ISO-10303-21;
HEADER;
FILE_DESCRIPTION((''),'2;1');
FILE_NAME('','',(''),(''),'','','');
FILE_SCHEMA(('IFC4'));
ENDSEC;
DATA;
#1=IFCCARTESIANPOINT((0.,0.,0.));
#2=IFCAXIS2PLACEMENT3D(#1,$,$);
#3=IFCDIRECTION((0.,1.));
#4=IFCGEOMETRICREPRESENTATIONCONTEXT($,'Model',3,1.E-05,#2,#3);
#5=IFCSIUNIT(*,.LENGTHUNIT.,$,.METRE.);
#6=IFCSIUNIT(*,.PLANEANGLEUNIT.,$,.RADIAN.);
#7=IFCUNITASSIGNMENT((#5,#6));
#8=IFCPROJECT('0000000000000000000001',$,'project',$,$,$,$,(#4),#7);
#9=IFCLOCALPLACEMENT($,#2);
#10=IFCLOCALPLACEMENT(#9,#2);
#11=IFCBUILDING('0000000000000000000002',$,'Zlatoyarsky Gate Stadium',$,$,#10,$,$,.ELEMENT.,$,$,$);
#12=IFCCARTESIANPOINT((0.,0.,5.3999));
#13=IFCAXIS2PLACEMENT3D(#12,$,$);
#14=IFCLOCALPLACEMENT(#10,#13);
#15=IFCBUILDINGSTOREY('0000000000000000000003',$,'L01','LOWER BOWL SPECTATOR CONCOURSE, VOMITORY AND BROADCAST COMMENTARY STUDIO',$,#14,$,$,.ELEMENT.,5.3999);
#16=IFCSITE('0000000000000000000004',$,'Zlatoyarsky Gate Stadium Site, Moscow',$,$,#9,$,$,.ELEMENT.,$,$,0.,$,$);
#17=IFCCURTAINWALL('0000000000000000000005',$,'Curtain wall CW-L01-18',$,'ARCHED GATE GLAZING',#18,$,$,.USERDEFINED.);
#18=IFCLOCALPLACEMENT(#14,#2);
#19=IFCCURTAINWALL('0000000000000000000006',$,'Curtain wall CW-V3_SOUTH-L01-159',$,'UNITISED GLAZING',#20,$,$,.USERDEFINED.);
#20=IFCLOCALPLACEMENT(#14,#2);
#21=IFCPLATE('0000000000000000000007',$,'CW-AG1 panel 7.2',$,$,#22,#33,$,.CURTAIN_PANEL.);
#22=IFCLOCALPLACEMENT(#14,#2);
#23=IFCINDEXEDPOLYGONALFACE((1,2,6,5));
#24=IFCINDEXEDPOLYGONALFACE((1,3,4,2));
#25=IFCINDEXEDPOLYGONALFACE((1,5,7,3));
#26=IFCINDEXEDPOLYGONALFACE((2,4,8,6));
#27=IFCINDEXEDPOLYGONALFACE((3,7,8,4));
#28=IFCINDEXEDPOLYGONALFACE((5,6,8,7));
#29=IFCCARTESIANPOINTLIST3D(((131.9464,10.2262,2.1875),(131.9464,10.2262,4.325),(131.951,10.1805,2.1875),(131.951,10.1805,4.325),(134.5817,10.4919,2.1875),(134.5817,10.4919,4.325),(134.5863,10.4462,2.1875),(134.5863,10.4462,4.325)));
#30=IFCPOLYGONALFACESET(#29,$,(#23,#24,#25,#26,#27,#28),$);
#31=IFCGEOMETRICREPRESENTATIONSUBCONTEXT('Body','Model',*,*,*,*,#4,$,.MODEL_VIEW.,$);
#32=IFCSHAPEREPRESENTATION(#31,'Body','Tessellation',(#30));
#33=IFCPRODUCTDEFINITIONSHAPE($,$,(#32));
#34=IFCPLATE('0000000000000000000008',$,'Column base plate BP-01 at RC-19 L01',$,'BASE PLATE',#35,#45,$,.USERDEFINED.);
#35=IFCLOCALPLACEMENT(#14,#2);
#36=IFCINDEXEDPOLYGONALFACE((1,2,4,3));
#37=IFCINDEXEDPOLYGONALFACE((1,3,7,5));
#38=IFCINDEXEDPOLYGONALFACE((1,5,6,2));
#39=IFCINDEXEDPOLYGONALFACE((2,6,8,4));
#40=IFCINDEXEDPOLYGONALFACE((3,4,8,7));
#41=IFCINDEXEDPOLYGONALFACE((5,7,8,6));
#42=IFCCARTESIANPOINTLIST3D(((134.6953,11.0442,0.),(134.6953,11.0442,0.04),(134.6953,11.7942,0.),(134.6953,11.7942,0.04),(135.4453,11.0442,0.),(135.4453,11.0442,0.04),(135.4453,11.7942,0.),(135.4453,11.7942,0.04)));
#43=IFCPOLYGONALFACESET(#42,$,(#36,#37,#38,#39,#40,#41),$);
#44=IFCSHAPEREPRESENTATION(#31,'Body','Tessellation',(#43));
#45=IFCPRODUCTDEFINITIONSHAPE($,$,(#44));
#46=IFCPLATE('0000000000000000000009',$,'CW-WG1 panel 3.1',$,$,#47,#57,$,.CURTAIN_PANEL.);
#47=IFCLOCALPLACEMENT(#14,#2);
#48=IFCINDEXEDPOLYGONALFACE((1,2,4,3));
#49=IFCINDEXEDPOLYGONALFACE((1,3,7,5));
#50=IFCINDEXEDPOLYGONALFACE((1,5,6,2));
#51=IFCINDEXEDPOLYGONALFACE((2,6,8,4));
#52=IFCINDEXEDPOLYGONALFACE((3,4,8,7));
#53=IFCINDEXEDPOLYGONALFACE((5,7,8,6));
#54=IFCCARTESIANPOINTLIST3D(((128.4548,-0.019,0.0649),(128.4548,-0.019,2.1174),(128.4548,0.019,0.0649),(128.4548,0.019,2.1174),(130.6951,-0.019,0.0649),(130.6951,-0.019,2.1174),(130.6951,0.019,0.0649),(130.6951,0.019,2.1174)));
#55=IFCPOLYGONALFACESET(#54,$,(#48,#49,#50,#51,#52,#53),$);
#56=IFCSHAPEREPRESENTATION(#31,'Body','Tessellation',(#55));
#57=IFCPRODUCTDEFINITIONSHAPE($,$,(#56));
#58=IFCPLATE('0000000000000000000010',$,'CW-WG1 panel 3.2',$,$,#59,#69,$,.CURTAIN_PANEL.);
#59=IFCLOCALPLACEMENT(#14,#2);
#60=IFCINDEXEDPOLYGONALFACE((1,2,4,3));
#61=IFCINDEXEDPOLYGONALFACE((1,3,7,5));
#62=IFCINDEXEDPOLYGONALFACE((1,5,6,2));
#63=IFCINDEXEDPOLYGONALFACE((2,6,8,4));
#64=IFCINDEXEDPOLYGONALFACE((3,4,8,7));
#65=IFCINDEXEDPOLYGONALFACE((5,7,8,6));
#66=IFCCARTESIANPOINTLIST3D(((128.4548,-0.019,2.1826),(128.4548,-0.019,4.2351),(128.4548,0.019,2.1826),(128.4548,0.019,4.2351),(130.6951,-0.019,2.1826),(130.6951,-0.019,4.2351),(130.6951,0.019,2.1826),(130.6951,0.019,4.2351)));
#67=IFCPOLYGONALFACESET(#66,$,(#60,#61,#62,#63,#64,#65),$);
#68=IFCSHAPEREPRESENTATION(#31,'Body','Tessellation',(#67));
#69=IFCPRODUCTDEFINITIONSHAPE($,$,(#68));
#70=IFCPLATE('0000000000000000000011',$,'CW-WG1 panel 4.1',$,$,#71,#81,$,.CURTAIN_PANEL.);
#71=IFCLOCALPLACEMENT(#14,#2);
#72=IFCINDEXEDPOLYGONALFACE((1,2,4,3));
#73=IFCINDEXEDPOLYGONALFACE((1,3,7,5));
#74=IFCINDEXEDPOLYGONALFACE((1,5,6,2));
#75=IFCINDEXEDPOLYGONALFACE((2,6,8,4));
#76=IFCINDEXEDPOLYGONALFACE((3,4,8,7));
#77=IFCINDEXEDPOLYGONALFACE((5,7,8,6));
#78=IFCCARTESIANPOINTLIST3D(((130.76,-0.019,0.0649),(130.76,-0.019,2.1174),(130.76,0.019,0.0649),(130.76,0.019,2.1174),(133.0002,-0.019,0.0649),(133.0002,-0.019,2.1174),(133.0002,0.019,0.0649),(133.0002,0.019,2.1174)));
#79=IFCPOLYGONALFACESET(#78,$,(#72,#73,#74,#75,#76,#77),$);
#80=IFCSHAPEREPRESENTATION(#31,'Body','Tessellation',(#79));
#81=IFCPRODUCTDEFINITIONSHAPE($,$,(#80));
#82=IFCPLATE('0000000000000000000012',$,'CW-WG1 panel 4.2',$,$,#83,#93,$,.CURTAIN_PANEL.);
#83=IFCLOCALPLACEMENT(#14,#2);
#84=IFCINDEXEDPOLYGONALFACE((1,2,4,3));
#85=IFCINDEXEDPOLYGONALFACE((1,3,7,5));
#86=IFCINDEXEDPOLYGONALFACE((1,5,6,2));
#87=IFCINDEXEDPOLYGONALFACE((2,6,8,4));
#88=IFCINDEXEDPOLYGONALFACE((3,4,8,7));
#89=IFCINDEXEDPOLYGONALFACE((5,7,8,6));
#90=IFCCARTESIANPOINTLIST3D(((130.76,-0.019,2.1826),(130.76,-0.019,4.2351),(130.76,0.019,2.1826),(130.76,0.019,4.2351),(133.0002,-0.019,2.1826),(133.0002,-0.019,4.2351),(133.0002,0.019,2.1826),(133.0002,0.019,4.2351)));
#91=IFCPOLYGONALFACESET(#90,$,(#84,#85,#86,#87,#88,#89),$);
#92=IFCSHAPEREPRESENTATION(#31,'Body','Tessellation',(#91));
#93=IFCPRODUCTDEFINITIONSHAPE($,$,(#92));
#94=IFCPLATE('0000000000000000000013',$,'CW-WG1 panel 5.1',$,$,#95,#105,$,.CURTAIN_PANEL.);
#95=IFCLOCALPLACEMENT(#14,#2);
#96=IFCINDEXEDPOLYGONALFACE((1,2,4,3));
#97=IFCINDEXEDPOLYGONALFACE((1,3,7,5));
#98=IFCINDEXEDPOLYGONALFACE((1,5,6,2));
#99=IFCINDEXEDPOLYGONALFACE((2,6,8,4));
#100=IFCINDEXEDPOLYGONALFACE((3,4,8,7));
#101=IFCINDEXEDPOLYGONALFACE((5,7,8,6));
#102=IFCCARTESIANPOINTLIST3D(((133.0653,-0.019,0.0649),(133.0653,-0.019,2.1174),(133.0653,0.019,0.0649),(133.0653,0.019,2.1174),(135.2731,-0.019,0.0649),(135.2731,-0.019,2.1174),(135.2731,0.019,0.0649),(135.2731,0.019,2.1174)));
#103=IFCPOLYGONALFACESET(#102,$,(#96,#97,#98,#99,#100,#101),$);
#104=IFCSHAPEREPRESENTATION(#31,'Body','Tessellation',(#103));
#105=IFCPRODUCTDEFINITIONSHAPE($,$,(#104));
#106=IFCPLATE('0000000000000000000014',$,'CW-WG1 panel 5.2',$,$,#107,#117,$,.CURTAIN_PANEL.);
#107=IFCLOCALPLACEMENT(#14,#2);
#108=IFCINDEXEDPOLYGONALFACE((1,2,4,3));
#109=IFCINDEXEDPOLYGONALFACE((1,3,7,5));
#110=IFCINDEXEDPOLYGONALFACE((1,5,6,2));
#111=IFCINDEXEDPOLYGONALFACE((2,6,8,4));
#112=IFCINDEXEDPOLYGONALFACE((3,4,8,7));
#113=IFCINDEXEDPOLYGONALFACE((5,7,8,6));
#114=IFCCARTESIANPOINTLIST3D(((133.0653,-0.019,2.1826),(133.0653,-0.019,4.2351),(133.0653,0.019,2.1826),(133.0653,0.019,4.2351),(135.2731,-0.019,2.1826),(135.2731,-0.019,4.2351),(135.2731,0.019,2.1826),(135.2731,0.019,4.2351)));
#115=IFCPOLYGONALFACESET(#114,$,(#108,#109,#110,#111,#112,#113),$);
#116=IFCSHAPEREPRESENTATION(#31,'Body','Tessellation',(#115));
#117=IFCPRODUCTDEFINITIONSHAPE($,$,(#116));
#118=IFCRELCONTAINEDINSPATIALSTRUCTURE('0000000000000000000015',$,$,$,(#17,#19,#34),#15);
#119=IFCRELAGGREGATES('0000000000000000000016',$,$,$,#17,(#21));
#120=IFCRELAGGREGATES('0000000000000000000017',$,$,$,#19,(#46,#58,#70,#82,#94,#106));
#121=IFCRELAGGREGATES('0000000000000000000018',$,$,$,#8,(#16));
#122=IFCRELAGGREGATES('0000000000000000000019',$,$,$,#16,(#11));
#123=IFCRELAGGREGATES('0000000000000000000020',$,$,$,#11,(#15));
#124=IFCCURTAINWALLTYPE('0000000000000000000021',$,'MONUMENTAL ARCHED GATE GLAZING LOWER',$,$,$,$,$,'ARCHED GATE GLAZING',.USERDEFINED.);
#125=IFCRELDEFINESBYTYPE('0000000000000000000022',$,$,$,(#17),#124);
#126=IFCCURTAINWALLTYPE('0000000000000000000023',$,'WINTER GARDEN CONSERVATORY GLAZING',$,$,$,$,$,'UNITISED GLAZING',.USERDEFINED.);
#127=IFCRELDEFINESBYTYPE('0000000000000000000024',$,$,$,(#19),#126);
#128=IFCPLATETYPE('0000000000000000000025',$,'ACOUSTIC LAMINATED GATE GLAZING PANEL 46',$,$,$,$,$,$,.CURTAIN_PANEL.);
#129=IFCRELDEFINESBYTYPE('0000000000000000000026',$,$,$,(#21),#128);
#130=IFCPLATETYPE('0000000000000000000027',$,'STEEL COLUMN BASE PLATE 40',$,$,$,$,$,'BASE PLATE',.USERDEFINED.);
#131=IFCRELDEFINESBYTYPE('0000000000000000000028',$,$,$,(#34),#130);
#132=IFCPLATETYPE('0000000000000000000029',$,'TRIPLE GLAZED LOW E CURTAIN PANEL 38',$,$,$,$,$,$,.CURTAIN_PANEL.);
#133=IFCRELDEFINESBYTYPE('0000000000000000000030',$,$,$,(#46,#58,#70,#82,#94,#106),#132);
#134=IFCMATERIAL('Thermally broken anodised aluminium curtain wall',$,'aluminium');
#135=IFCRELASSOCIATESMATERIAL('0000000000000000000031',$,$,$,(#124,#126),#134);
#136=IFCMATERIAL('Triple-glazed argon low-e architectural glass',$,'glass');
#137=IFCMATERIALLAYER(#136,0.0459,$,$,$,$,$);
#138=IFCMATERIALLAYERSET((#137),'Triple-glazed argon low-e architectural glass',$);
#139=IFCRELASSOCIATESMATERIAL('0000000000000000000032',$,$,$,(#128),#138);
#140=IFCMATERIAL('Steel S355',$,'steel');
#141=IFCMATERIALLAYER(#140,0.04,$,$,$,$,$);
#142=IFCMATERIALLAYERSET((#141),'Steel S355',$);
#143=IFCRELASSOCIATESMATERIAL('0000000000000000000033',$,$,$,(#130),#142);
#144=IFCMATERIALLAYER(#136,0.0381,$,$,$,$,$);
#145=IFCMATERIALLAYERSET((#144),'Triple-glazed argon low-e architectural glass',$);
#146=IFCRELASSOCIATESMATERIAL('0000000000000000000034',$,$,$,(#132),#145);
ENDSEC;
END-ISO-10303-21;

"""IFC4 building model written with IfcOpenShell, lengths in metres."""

from ifc_helpers import new_model, si_unit, direction, frame, origin, origin_2d, place, context, subcontext, project, spatial, rectangle, extrude, material, layer, layer_set, type_object, element, aggregate, save


model = new_model("IFC4")

# Units and contexts
model_context = context("Model", 3, precision=1e-05, world=origin(), true_north=direction((0.0, 1.0)))
body_context = subcontext(model_context, "Body", "Model", "MODEL_VIEW")
ifc_project = project(units=[si_unit("LENGTHUNIT", "METRE"), si_unit("PLANEANGLEUNIT", "RADIAN")], contexts=[model_context])

# Site, building, storey
site_placement = place(None, origin())
site = spatial("IfcSite", under=ifc_project, at=site_placement, Name="Zlatoyarsky Gate Stadium Site, Moscow", CompositionType="ELEMENT", RefElevation=0.0)
building_placement = place(site_placement, origin())
building = spatial("IfcBuilding", under=site, at=building_placement, Name="Zlatoyarsky Gate Stadium", CompositionType="ELEMENT")
storey_placement = place(building_placement, frame((0.0, 0.0, 5.3999)))
storey = spatial("IfcBuildingStorey", under=building, at=storey_placement, Name="L01", Description="LOWER BOWL SPECTATOR CONCOURSE, VOMITORY AND BROADCAST COMMENTARY STUDIO", CompositionType="ELEMENT", Elevation=5.3999)

# Shared definitions
ifc_material_1 = material(Name="Steel S355", Category="steel")

# Curtain walls
ifc_material_2 = material(Name="Thermally broken anodised aluminium curtain wall", Category="aluminium")
curtain_wall_type_1 = type_object("IfcCurtainWallType", Name="MONUMENTAL ARCHED GATE GLAZING LOWER", ElementType="ARCHED GATE GLAZING", PredefinedType="USERDEFINED", material=ifc_material_2)
curtain_wall_1_placement = place(storey_placement, origin())
curtain_wall_1 = element("IfcCurtainWall", 1, at=curtain_wall_1_placement, inside=storey, type_object=curtain_wall_type_1, Name="Curtain wall CW-L01-18", ObjectType="ARCHED GATE GLAZING", PredefinedType="USERDEFINED")
curtain_wall_type_2 = type_object("IfcCurtainWallType", Name="WINTER GARDEN CONSERVATORY GLAZING", ElementType="UNITISED GLAZING", PredefinedType="USERDEFINED", material=ifc_material_2)
curtain_wall_2_placement = place(storey_placement, origin())
curtain_wall_2 = element("IfcCurtainWall", 2, at=curtain_wall_2_placement, inside=storey, type_object=curtain_wall_type_2, Name="Curtain wall CW-V3_SOUTH-L01-159", ObjectType="UNITISED GLAZING", PredefinedType="USERDEFINED")

# Plates
ifc_material_3 = material(Name="Triple-glazed argon low-e architectural glass", Category="glass")
ifc_layer_1 = layer(ifc_material_3, 0.0459)
ifc_layer_set_1 = layer_set([ifc_layer_1], Name="Triple-glazed argon low-e architectural glass")
plate_type_1 = type_object("IfcPlateType", Name="ACOUSTIC LAMINATED GATE GLAZING PANEL 46", PredefinedType="CURTAIN_PANEL", material=ifc_layer_set_1)
plate_1_placement = place(storey_placement, frame((133.2664, 10.3362, 2.1875), z_axis=(0.0, 0.0, 1.0), x_axis=(0.994957, 0.100303, 0.0)))
plate_1 = element("IfcPlate", 3, at=plate_1_placement, type_object=plate_type_1, Name="CW-AG1 panel 7.2", PredefinedType="CURTAIN_PANEL", context=body_context, shape_type="SweptSolid", body=[
    extrude(rectangle(XDim=2.6487, YDim=0.0459, at=origin_2d()), origin(), (0.0, 0.0, 1.0), 2.1375),
])
aggregate(curtain_wall_1, [plate_1])
ifc_layer_2 = layer(ifc_material_1, 0.04)
ifc_layer_set_2 = layer_set([ifc_layer_2], Name="Steel S355")
plate_type_2 = type_object("IfcPlateType", Name="STEEL COLUMN BASE PLATE 40", ElementType="BASE PLATE", PredefinedType="USERDEFINED", material=ifc_layer_set_2)
plate_2_placement = place(storey_placement, frame((135.0703, 11.4192, 0.0), z_axis=(0.0, 0.0, 1.0), x_axis=(1.0, 0.0, 0.0)))
element("IfcPlate", 4, at=plate_2_placement, inside=storey, type_object=plate_type_2, Name="Column base plate BP-01 at RC-19 L01", ObjectType="BASE PLATE", PredefinedType="USERDEFINED", context=body_context, shape_type="SweptSolid", body=[
    extrude(rectangle(XDim=0.75, YDim=0.75, at=origin_2d()), origin(), (0.0, 0.0, 1.0), 0.04),
])
ifc_layer_3 = layer(ifc_material_3, 0.0381)
ifc_layer_set_3 = layer_set([ifc_layer_3], Name="Triple-glazed argon low-e architectural glass")
plate_type_3 = type_object("IfcPlateType", Name="TRIPLE GLAZED LOW E CURTAIN PANEL 38", PredefinedType="CURTAIN_PANEL", material=ifc_layer_set_3)
plate_3_placement = place(storey_placement, frame((129.575, 0.0, 0.0649), z_axis=(0.0, 0.0, 1.0), x_axis=(1.0, 0.0, 0.0)))
plate_3 = element("IfcPlate", 5, at=plate_3_placement, type_object=plate_type_3, Name="CW-WG1 panel 3.1", PredefinedType="CURTAIN_PANEL", context=body_context, shape_type="SweptSolid", body=[
    extrude(rectangle(XDim=2.2402, YDim=0.0381, at=origin_2d()), origin(), (0.0, 0.0, 1.0), 2.0525),
])
plate_4_placement = place(storey_placement, frame((129.575, 0.0, 2.1826), z_axis=(0.0, 0.0, 1.0), x_axis=(1.0, 0.0, 0.0)))
plate_4 = element("IfcPlate", 6, at=plate_4_placement, type_object=plate_type_3, Name="CW-WG1 panel 3.2", PredefinedType="CURTAIN_PANEL", context=body_context, shape_type="SweptSolid", body=[
    extrude(rectangle(XDim=2.2402, YDim=0.0381, at=origin_2d()), origin(), (0.0, 0.0, 1.0), 2.0525),
])
plate_5_placement = place(storey_placement, frame((131.8801, 0.0, 0.0649), z_axis=(0.0, 0.0, 1.0), x_axis=(1.0, 0.0, 0.0)))
plate_5 = element("IfcPlate", 7, at=plate_5_placement, type_object=plate_type_3, Name="CW-WG1 panel 4.1", PredefinedType="CURTAIN_PANEL", context=body_context, shape_type="SweptSolid", body=[
    extrude(rectangle(XDim=2.2402, YDim=0.0381, at=origin_2d()), origin(), (0.0, 0.0, 1.0), 2.0525),
])
plate_6_placement = place(storey_placement, frame((131.8801, 0.0, 2.1826), z_axis=(0.0, 0.0, 1.0), x_axis=(1.0, 0.0, 0.0)))
plate_6 = element("IfcPlate", 8, at=plate_6_placement, type_object=plate_type_3, Name="CW-WG1 panel 4.2", PredefinedType="CURTAIN_PANEL", context=body_context, shape_type="SweptSolid", body=[
    extrude(rectangle(XDim=2.2402, YDim=0.0381, at=origin_2d()), origin(), (0.0, 0.0, 1.0), 2.0525),
])
plate_7_placement = place(storey_placement, frame((134.1692, 0.0, 0.0649), z_axis=(0.0, 0.0, 1.0), x_axis=(1.0, 0.0, 0.0)))
plate_7 = element("IfcPlate", 9, at=plate_7_placement, type_object=plate_type_3, Name="CW-WG1 panel 5.1", PredefinedType="CURTAIN_PANEL", context=body_context, shape_type="SweptSolid", body=[
    extrude(rectangle(XDim=2.2078, YDim=0.0381, at=origin_2d()), origin(), (0.0, 0.0, 1.0), 2.0525),
])
plate_8_placement = place(storey_placement, frame((134.1692, 0.0, 2.1826), z_axis=(0.0, 0.0, 1.0), x_axis=(1.0, 0.0, 0.0)))
plate_8 = element("IfcPlate", 10, at=plate_8_placement, type_object=plate_type_3, Name="CW-WG1 panel 5.2", PredefinedType="CURTAIN_PANEL", context=body_context, shape_type="SweptSolid", body=[
    extrude(rectangle(XDim=2.2078, YDim=0.0381, at=origin_2d()), origin(), (0.0, 0.0, 1.0), 2.0525),
])
aggregate(curtain_wall_2, [plate_3, plate_4, plate_5, plate_6, plate_7, plate_8])

save(model, "model.ifc")
